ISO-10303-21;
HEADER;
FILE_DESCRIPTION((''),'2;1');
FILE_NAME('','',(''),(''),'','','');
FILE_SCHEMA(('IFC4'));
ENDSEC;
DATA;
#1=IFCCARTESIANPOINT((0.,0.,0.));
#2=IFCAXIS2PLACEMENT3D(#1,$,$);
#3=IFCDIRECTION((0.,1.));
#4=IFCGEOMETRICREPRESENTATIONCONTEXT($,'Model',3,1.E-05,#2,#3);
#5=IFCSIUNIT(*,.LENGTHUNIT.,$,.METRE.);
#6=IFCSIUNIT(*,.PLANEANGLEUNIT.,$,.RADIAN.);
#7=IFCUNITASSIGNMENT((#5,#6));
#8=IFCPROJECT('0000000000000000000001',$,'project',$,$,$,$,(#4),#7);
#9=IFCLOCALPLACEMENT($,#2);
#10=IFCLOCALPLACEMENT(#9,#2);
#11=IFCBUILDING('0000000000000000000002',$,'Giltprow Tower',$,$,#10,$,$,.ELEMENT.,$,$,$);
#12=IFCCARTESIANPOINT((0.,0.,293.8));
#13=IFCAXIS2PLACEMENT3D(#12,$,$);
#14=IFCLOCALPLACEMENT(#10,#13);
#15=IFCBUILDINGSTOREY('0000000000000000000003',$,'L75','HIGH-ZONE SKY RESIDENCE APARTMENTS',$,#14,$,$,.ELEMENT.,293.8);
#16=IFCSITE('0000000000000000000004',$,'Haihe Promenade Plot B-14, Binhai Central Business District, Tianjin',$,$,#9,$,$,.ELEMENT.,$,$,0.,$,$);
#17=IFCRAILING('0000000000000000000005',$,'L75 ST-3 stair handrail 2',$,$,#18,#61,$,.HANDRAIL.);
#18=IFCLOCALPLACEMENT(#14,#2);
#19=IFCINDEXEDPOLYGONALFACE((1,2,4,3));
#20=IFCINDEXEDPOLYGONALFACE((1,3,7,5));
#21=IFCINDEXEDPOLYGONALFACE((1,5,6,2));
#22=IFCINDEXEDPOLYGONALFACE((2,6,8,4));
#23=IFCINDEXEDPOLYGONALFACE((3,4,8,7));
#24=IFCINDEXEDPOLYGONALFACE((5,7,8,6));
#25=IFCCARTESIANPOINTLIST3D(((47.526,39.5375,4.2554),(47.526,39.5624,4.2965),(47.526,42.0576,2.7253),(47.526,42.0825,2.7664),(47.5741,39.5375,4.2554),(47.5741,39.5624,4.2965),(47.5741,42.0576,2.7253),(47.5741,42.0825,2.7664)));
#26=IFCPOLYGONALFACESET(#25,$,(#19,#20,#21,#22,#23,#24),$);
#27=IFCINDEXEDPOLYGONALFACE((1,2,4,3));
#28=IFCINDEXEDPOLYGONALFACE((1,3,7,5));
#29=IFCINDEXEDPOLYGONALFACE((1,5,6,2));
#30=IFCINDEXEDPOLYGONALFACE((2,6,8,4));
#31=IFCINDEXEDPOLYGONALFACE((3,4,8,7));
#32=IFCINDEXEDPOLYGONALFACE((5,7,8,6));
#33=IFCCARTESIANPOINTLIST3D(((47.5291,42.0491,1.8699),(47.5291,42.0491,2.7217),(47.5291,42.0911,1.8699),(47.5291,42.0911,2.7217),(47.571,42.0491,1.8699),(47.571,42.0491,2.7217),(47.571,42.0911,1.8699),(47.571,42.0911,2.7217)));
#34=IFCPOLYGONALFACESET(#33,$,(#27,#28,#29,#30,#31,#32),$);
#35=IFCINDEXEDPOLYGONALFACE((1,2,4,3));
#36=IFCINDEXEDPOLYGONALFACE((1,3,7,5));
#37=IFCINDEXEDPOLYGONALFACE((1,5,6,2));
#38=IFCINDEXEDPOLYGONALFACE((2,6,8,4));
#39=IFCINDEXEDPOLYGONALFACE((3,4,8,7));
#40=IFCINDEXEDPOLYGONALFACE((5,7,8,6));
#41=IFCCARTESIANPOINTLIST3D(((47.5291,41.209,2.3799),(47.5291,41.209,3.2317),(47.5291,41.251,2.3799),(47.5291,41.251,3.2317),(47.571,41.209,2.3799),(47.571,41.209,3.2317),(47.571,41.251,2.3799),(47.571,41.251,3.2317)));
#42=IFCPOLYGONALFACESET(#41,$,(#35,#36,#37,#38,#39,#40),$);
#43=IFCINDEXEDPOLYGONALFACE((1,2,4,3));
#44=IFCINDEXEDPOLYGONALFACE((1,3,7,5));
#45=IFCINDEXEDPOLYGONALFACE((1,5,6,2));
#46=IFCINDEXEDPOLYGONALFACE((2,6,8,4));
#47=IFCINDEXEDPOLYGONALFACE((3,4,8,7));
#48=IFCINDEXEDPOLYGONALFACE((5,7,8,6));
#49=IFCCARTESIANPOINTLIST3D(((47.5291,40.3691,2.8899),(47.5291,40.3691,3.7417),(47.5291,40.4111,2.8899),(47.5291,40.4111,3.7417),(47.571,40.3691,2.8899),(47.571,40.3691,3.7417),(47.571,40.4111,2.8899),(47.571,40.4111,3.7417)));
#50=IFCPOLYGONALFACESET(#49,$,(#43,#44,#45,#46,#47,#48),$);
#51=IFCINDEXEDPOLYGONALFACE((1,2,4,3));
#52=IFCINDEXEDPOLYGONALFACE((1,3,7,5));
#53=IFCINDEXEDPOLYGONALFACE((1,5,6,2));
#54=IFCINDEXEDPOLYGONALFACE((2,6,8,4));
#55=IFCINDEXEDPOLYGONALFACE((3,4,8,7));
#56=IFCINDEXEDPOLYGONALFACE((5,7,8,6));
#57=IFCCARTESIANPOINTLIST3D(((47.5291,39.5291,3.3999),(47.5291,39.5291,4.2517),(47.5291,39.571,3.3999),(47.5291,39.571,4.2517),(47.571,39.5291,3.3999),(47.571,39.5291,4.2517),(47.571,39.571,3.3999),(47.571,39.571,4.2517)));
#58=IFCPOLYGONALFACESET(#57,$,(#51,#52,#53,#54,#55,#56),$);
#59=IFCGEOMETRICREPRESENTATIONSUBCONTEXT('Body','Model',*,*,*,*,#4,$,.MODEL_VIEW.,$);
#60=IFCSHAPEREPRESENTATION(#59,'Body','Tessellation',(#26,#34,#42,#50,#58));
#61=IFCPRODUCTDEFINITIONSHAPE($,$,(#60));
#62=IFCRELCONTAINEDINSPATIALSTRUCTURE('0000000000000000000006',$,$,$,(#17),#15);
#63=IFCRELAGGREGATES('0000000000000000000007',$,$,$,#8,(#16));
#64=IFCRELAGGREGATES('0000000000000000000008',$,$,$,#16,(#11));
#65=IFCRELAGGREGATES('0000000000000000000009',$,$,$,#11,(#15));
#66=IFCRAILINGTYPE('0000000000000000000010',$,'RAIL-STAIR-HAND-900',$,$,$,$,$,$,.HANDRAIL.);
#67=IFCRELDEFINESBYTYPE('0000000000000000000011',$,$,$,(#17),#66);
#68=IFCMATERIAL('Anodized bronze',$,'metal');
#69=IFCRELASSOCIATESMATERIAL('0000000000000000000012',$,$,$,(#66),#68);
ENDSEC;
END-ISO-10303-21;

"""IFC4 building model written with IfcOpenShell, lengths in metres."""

from ifc_helpers import new_model, si_unit, direction, frame, origin, origin_2d, place, context, subcontext, project, spatial, rectangle, extrude, material, type_object, element, save


model = new_model("IFC4")

# Units and contexts
model_context = context("Model", 3, precision=1e-05, world=origin(), true_north=direction((0.0, 1.0)))
body_context = subcontext(model_context, "Body", "Model", "MODEL_VIEW")
ifc_project = project(units=[si_unit("LENGTHUNIT", "METRE"), si_unit("PLANEANGLEUNIT", "RADIAN")], contexts=[model_context])

# Site, building, storey
site_placement = place(None, origin())
site = spatial("IfcSite", under=ifc_project, at=site_placement, Name="Haihe Promenade Plot B-14, Binhai Central Business District, Tianjin", CompositionType="ELEMENT", RefElevation=0.0)
building_placement = place(site_placement, origin())
building = spatial("IfcBuilding", under=site, at=building_placement, Name="Giltprow Tower", CompositionType="ELEMENT")
storey_placement = place(building_placement, frame((0.0, 0.0, 293.8)))
storey = spatial("IfcBuildingStorey", under=building, at=storey_placement, Name="L75", Description="HIGH-ZONE SKY RESIDENCE APARTMENTS", CompositionType="ELEMENT", Elevation=293.8)

# Railing
ifc_material_1 = material(Name="Anodized bronze", Category="metal")
railing_type_1 = type_object("IfcRailingType", Name="RAIL-STAIR-HAND-900", PredefinedType="HANDRAIL", material=ifc_material_1)
railing_1_placement = place(storey_placement, frame((47.55, 42.0701, 1.8699)))
element("IfcRailing", 1, at=railing_1_placement, inside=storey, type_object=railing_type_1, Name="L75 ST-3 stair handrail 2", PredefinedType="HANDRAIL", context=body_context, shape_type="SweptSolid", body=[
    extrude(rectangle(XDim=0.0481, YDim=0.0481, at=origin_2d()), frame((0.0, 0.0, 0.876), z_axis=(0.0, -0.854785, 0.518982), x_axis=(1.0, 0.0, 0.0)), (0.0, 0.0, 1.0), 2.9482),
    extrude(rectangle(XDim=0.042, YDim=0.042, at=origin_2d()), origin(), (0.0, 0.0, 1.0), 0.8518),
    extrude(rectangle(XDim=0.042, YDim=0.042, at=origin_2d()), frame((0.0, -0.8401, 0.51)), (0.0, 0.0, 1.0), 0.8518),
    extrude(rectangle(XDim=0.042, YDim=0.042, at=origin_2d()), frame((0.0, -1.6799, 1.02)), (0.0, 0.0, 1.0), 0.8518),
    extrude(rectangle(XDim=0.042, YDim=0.042, at=origin_2d()), frame((0.0, -2.52, 1.53)), (0.0, 0.0, 1.0), 0.8518),
])

save(model, "model.ifc")
